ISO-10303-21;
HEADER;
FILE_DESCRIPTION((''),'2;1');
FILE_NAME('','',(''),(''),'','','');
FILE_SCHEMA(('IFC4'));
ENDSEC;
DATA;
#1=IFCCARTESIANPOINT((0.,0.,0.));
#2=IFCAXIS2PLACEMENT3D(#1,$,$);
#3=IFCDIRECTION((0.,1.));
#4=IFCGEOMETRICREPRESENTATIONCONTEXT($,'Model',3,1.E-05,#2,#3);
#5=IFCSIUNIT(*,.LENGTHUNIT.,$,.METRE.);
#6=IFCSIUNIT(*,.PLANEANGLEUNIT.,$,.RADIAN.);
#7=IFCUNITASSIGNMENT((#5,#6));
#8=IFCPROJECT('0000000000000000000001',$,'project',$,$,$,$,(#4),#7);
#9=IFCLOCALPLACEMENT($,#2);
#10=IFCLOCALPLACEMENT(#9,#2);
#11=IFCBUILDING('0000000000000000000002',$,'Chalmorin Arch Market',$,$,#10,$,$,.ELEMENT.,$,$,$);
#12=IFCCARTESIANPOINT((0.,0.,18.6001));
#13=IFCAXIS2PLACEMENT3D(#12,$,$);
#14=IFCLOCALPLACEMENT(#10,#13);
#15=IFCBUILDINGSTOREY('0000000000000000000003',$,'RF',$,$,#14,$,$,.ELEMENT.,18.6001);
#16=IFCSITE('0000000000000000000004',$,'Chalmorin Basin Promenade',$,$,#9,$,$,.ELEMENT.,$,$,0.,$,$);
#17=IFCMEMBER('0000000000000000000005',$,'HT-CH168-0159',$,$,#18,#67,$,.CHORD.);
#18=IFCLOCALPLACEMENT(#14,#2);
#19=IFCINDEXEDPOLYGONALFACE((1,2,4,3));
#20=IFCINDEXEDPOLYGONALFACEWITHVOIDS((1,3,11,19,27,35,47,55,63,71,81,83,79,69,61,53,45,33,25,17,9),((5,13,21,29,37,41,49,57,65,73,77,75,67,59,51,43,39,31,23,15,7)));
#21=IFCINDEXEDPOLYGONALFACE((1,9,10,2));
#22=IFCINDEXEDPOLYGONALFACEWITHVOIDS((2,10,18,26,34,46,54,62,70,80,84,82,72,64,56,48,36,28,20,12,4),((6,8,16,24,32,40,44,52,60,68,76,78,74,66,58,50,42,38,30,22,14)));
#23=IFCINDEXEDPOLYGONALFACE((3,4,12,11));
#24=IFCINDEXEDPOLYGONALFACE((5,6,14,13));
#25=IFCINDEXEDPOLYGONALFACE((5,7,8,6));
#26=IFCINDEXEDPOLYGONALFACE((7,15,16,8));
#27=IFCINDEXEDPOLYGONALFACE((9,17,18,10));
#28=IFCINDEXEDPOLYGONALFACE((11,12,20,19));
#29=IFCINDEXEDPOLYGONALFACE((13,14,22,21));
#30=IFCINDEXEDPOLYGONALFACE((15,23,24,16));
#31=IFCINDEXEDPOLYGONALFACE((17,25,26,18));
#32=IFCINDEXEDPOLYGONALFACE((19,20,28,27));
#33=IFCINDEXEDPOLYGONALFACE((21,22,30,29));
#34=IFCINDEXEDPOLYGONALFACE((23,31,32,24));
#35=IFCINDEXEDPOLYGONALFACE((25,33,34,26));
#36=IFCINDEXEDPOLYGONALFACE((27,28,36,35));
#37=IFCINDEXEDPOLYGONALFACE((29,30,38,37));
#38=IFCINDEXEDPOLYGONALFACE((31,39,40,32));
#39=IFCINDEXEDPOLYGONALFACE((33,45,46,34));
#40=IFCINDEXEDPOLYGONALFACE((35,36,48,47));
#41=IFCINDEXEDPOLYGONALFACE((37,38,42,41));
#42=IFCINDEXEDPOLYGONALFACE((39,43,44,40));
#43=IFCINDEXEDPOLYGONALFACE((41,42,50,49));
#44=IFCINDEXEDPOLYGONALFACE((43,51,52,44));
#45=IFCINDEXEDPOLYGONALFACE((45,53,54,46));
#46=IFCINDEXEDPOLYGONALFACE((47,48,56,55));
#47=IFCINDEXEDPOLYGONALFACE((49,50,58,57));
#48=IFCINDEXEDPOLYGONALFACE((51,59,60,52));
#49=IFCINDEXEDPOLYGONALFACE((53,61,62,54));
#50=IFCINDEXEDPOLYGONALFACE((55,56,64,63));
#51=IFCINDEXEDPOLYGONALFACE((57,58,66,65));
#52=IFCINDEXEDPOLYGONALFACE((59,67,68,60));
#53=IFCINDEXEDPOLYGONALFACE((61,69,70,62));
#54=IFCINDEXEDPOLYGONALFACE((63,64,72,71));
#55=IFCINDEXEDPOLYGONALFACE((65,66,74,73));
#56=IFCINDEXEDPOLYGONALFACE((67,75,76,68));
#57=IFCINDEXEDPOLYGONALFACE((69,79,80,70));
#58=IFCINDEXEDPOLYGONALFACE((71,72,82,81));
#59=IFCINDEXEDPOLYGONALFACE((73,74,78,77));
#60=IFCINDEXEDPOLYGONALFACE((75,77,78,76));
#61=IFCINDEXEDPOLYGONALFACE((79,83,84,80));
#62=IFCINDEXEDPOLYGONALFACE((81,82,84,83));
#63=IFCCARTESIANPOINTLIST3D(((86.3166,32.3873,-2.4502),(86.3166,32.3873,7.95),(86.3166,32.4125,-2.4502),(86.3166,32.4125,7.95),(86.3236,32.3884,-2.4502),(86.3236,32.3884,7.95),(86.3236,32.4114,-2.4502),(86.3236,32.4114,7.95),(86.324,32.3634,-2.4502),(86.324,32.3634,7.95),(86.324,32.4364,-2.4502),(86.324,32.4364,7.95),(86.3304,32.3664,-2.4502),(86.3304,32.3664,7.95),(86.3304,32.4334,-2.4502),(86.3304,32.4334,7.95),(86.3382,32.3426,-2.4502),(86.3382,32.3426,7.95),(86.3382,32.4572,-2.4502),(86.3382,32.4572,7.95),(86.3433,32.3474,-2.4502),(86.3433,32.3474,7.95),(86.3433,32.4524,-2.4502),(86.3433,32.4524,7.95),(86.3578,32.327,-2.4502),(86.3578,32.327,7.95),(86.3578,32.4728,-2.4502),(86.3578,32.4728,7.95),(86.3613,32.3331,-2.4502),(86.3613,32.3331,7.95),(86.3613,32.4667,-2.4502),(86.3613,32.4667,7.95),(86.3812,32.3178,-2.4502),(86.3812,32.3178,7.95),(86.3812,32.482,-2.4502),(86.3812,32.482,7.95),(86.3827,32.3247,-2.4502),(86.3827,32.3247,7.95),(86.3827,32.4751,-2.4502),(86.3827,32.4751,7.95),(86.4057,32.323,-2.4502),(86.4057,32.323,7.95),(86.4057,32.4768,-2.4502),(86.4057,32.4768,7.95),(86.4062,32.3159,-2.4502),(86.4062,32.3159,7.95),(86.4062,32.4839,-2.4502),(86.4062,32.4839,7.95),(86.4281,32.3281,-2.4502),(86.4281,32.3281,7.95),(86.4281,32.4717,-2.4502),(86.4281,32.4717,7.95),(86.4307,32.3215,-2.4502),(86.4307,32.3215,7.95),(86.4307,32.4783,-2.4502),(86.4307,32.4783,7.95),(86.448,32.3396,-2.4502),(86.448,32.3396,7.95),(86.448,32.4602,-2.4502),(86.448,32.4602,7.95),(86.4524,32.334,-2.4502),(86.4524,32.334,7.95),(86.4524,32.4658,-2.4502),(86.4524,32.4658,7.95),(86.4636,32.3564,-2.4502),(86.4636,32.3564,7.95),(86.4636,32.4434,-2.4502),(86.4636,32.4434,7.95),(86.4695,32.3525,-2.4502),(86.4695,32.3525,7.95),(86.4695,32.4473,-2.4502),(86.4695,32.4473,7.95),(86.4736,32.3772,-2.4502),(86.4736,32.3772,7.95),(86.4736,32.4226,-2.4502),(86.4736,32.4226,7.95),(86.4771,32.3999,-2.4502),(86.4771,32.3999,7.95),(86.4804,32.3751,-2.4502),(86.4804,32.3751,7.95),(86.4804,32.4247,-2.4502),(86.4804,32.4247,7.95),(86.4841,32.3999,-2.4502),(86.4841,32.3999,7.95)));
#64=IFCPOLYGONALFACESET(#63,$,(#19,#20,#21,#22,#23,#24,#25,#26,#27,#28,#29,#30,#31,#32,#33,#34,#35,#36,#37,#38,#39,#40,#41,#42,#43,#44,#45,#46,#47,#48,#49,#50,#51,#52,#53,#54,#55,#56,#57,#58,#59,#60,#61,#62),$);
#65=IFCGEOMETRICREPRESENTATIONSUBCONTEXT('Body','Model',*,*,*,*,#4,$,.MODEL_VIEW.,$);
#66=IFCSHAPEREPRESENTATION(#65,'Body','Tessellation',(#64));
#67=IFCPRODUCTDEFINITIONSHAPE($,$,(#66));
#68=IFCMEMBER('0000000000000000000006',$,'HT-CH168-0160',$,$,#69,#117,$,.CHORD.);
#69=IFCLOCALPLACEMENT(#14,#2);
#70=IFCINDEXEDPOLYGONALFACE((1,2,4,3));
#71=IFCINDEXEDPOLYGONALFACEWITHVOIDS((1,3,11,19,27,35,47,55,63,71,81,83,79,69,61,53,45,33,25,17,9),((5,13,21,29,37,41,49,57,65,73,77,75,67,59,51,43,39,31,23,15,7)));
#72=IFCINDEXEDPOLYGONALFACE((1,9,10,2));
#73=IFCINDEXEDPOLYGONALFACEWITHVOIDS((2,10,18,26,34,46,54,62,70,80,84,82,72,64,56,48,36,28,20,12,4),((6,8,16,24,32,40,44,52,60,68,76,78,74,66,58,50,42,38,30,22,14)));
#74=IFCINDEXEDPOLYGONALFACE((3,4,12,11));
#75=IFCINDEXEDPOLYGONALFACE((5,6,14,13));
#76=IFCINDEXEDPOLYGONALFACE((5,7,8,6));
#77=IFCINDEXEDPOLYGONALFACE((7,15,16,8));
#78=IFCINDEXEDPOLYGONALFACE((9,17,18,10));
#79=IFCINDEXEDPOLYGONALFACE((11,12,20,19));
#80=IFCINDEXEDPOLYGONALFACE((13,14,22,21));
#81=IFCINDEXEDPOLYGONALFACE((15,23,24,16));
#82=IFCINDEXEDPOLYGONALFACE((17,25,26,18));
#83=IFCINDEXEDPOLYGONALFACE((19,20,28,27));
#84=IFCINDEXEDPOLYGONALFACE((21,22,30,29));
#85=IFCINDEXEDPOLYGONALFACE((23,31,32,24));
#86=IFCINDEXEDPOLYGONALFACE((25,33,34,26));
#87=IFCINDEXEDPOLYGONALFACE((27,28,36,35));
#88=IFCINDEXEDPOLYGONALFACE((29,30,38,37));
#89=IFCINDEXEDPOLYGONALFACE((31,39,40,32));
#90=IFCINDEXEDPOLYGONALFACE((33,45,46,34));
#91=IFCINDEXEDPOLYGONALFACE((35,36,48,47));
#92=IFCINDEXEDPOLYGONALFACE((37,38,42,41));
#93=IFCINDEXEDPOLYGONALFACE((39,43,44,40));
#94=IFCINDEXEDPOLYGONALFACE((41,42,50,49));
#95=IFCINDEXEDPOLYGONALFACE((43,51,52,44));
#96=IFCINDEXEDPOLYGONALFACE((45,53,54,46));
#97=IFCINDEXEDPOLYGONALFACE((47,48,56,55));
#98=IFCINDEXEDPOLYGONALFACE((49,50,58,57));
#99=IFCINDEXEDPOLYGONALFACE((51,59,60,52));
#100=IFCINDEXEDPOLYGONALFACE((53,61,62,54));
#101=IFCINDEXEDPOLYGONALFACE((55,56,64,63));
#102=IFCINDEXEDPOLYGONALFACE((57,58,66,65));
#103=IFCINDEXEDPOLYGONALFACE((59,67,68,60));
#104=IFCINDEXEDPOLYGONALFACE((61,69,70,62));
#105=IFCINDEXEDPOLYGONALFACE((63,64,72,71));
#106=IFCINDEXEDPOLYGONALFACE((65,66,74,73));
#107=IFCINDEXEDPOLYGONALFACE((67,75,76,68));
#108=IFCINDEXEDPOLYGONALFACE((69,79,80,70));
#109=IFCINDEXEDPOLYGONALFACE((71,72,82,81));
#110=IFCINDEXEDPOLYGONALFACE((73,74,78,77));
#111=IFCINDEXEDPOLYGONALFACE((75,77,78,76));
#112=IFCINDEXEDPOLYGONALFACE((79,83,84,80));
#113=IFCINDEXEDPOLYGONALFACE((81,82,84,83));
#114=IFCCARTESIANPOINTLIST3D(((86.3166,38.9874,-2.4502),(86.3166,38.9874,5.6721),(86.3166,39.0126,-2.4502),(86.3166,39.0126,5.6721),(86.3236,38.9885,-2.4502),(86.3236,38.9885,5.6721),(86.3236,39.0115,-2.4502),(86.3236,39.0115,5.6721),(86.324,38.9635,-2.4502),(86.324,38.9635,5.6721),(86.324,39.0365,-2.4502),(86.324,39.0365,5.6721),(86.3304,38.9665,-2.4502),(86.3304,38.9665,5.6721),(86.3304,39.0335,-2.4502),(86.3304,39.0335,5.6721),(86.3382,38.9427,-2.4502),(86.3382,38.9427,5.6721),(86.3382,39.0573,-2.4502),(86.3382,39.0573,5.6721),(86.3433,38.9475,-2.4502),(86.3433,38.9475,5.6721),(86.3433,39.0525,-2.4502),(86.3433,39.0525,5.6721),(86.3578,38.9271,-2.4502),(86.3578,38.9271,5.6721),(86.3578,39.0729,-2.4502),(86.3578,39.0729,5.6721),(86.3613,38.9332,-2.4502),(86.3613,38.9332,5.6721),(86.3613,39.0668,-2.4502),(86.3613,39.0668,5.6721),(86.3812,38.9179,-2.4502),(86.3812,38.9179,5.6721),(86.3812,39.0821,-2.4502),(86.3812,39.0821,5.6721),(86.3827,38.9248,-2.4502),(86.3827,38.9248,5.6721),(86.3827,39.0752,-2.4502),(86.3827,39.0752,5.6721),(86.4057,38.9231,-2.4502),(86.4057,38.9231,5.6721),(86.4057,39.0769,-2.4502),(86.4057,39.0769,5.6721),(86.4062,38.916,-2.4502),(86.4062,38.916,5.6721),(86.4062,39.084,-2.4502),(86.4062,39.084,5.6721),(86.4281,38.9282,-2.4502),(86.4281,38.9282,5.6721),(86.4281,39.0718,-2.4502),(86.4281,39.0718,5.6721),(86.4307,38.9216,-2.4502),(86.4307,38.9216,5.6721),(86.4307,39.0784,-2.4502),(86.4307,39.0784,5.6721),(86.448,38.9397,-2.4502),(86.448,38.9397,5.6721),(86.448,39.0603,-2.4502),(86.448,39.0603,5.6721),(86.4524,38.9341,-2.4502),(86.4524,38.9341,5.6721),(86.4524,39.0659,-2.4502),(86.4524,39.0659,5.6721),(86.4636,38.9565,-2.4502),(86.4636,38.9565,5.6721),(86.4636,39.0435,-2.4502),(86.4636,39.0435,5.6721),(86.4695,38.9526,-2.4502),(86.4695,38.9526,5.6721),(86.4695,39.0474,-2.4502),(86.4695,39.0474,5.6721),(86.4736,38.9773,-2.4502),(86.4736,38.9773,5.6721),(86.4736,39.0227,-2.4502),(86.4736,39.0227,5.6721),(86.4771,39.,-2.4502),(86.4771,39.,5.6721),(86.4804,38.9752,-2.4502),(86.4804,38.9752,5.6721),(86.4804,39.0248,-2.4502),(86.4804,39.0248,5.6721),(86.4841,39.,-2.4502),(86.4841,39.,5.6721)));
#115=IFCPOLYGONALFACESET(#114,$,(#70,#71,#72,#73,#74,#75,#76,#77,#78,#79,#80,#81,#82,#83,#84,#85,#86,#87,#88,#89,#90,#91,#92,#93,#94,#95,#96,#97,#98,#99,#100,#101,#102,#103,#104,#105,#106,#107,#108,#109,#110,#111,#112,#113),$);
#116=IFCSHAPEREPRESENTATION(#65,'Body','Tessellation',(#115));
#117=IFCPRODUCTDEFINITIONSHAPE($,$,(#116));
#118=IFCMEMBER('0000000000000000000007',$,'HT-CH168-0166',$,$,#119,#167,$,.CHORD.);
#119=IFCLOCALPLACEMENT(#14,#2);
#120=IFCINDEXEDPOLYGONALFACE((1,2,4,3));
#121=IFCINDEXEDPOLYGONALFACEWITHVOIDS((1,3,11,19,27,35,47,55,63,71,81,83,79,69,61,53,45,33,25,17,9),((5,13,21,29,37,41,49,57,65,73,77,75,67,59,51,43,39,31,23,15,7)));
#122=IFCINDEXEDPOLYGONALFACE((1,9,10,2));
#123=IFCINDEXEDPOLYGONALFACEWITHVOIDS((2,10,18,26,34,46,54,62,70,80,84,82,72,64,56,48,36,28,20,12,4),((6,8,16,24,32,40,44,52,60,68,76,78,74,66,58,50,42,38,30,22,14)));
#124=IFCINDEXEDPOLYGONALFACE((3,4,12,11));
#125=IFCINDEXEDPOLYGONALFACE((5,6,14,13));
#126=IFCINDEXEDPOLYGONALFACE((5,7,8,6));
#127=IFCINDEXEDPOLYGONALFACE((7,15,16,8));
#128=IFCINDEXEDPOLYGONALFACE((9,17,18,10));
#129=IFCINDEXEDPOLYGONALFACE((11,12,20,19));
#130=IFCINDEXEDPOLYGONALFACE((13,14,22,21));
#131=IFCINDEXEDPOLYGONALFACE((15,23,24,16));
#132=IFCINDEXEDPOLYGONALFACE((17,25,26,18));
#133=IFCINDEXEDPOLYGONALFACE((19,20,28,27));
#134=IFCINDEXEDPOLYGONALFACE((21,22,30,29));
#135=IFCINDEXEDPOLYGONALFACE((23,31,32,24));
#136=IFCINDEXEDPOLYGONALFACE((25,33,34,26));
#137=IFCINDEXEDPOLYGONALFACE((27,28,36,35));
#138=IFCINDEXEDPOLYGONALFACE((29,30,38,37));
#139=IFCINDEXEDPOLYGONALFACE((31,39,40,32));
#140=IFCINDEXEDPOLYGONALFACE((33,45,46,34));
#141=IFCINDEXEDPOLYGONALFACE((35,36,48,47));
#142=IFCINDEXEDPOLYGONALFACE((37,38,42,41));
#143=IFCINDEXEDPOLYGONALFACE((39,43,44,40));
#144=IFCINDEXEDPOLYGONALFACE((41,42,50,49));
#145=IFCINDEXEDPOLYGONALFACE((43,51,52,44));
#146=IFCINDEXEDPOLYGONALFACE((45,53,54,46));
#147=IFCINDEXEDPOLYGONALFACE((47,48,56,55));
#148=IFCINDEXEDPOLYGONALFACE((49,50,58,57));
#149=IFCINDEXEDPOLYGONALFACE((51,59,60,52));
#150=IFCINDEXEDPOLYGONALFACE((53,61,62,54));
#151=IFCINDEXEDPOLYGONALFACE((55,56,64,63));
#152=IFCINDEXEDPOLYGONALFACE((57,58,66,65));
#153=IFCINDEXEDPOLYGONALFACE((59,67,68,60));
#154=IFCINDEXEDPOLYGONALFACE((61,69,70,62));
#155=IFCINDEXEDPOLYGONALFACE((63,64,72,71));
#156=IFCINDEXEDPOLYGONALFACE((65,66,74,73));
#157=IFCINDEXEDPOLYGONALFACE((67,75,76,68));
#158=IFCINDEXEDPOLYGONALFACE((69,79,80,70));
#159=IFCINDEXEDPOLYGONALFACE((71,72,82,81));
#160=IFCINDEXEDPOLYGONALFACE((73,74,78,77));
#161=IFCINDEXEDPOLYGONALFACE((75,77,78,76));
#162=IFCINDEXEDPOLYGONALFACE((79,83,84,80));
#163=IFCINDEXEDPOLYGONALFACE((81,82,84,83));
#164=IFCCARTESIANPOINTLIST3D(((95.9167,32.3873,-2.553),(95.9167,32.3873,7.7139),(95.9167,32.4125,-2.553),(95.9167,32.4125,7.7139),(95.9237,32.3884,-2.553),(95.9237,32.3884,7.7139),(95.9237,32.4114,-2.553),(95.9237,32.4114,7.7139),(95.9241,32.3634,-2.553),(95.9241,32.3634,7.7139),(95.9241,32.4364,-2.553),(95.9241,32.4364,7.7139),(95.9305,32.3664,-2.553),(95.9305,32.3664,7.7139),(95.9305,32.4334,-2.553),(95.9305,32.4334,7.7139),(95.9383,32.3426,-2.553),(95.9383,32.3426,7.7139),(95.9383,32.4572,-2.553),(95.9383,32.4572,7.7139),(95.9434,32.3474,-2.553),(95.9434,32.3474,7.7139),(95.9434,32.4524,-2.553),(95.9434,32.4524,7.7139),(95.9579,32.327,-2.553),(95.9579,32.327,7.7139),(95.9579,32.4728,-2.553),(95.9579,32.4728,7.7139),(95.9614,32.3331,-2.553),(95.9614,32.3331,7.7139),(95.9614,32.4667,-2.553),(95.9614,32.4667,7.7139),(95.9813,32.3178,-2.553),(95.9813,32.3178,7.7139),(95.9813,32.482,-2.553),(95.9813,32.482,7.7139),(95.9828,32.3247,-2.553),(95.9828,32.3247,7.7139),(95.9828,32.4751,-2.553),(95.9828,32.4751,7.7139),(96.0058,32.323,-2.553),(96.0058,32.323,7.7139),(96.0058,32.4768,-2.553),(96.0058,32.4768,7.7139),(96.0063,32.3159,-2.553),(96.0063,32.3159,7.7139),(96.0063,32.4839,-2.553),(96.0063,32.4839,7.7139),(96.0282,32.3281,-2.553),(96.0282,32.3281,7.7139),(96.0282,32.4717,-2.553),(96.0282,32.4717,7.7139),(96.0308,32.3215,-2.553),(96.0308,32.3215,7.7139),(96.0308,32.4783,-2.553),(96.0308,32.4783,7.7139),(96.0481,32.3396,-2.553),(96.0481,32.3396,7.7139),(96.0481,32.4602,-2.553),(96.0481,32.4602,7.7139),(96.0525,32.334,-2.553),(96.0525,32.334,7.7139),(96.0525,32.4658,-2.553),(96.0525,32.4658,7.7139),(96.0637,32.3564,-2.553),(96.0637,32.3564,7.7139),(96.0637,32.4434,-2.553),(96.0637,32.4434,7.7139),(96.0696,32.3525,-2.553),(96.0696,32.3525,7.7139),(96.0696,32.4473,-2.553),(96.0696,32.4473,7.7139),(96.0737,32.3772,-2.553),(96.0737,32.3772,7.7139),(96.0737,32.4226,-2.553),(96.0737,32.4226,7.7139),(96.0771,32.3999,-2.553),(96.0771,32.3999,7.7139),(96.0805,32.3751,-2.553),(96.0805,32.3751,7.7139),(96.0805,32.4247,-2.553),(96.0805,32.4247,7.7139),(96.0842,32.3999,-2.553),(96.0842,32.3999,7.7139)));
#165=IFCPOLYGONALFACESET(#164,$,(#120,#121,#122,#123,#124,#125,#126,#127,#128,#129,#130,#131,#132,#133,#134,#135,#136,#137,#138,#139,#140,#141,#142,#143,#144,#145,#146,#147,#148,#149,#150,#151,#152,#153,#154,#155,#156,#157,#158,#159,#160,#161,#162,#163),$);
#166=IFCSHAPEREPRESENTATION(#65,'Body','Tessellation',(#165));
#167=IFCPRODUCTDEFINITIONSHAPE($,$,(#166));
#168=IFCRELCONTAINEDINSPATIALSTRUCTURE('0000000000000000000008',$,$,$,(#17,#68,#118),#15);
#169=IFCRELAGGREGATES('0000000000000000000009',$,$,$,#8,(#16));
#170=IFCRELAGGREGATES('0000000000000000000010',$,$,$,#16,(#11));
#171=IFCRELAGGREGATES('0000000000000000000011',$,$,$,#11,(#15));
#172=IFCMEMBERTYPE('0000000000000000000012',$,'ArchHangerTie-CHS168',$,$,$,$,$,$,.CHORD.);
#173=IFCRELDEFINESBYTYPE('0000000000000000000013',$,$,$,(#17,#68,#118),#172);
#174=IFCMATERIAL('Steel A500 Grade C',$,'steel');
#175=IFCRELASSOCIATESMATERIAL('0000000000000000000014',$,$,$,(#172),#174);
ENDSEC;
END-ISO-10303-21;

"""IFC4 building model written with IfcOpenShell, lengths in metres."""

from ifc_helpers import new_model, si_unit, direction, frame, origin, origin_2d, place, context, subcontext, project, spatial, hollow_circle, extrude, material, material_profile, profile_set, type_object, element, save


model = new_model("IFC4")

# Units and contexts
model_context = context("Model", 3, precision=1e-05, world=origin(), true_north=direction((0.0, 1.0)))
body_context = subcontext(model_context, "Body", "Model", "MODEL_VIEW")
ifc_project = project(units=[si_unit("LENGTHUNIT", "METRE"), si_unit("PLANEANGLEUNIT", "RADIAN")], contexts=[model_context])

# Site, building, storey
site_placement = place(None, origin())
site = spatial("IfcSite", under=ifc_project, at=site_placement, Name="Chalmorin Basin Promenade", CompositionType="ELEMENT", RefElevation=0.0)
building_placement = place(site_placement, origin())
building = spatial("IfcBuilding", under=site, at=building_placement, Name="Chalmorin Arch Market", CompositionType="ELEMENT")
storey_placement = place(building_placement, frame((0.0, 0.0, 18.6001)))
storey = spatial("IfcBuildingStorey", under=building, at=storey_placement, Name="RF", CompositionType="ELEMENT", Elevation=18.6001)

# Members
ifc_material_1 = material(Name="Steel A500 Grade C", Category="steel")
ifc_material_profile_1 = material_profile(ifc_material_1, hollow_circle(Radius=0.0842, WallThickness=0.0071, at=origin_2d()), Name="CHS168X7")
ifc_profile_set_1 = profile_set([ifc_material_profile_1], Name="Steel A500 Grade C")
member_type_1 = type_object("IfcMemberType", Name="ArchHangerTie-CHS168", PredefinedType="CHORD", material=ifc_profile_set_1)
member_1_placement = place(storey_placement, frame((86.3999, 32.3999, -2.4502), z_axis=(0.0, 0.0, 1.0), x_axis=(1.0, 0.0, 0.0)))
element("IfcMember", 1, at=member_1_placement, inside=storey, type_object=member_type_1, Name="HT-CH168-0159", PredefinedType="CHORD", context=body_context, shape_type="SweptSolid", body=[
    extrude(hollow_circle(Radius=0.0842, WallThickness=0.0071, at=origin_2d()), origin(), (0.0, 0.0, 1.0), 10.4001),
])
member_2_placement = place(storey_placement, frame((86.3999, 39.0, -2.4502), z_axis=(0.0, 0.0, 1.0), x_axis=(1.0, 0.0, 0.0)))
element("IfcMember", 2, at=member_2_placement, inside=storey, type_object=member_type_1, Name="HT-CH168-0160", PredefinedType="CHORD", context=body_context, shape_type="SweptSolid", body=[
    extrude(hollow_circle(Radius=0.0842, WallThickness=0.0071, at=origin_2d()), origin(), (0.0, 0.0, 1.0), 8.1223),
])
member_3_placement = place(storey_placement, frame((96.0, 32.3999, -2.553), z_axis=(0.0, 0.0, 1.0), x_axis=(1.0, 0.0, 0.0)))
element("IfcMember", 3, at=member_3_placement, inside=storey, type_object=member_type_1, Name="HT-CH168-0166", PredefinedType="CHORD", context=body_context, shape_type="SweptSolid", body=[
    extrude(hollow_circle(Radius=0.0842, WallThickness=0.0071, at=origin_2d()), origin(), (0.0, 0.0, 1.0), 10.2668),
])

save(model, "model.ifc")
